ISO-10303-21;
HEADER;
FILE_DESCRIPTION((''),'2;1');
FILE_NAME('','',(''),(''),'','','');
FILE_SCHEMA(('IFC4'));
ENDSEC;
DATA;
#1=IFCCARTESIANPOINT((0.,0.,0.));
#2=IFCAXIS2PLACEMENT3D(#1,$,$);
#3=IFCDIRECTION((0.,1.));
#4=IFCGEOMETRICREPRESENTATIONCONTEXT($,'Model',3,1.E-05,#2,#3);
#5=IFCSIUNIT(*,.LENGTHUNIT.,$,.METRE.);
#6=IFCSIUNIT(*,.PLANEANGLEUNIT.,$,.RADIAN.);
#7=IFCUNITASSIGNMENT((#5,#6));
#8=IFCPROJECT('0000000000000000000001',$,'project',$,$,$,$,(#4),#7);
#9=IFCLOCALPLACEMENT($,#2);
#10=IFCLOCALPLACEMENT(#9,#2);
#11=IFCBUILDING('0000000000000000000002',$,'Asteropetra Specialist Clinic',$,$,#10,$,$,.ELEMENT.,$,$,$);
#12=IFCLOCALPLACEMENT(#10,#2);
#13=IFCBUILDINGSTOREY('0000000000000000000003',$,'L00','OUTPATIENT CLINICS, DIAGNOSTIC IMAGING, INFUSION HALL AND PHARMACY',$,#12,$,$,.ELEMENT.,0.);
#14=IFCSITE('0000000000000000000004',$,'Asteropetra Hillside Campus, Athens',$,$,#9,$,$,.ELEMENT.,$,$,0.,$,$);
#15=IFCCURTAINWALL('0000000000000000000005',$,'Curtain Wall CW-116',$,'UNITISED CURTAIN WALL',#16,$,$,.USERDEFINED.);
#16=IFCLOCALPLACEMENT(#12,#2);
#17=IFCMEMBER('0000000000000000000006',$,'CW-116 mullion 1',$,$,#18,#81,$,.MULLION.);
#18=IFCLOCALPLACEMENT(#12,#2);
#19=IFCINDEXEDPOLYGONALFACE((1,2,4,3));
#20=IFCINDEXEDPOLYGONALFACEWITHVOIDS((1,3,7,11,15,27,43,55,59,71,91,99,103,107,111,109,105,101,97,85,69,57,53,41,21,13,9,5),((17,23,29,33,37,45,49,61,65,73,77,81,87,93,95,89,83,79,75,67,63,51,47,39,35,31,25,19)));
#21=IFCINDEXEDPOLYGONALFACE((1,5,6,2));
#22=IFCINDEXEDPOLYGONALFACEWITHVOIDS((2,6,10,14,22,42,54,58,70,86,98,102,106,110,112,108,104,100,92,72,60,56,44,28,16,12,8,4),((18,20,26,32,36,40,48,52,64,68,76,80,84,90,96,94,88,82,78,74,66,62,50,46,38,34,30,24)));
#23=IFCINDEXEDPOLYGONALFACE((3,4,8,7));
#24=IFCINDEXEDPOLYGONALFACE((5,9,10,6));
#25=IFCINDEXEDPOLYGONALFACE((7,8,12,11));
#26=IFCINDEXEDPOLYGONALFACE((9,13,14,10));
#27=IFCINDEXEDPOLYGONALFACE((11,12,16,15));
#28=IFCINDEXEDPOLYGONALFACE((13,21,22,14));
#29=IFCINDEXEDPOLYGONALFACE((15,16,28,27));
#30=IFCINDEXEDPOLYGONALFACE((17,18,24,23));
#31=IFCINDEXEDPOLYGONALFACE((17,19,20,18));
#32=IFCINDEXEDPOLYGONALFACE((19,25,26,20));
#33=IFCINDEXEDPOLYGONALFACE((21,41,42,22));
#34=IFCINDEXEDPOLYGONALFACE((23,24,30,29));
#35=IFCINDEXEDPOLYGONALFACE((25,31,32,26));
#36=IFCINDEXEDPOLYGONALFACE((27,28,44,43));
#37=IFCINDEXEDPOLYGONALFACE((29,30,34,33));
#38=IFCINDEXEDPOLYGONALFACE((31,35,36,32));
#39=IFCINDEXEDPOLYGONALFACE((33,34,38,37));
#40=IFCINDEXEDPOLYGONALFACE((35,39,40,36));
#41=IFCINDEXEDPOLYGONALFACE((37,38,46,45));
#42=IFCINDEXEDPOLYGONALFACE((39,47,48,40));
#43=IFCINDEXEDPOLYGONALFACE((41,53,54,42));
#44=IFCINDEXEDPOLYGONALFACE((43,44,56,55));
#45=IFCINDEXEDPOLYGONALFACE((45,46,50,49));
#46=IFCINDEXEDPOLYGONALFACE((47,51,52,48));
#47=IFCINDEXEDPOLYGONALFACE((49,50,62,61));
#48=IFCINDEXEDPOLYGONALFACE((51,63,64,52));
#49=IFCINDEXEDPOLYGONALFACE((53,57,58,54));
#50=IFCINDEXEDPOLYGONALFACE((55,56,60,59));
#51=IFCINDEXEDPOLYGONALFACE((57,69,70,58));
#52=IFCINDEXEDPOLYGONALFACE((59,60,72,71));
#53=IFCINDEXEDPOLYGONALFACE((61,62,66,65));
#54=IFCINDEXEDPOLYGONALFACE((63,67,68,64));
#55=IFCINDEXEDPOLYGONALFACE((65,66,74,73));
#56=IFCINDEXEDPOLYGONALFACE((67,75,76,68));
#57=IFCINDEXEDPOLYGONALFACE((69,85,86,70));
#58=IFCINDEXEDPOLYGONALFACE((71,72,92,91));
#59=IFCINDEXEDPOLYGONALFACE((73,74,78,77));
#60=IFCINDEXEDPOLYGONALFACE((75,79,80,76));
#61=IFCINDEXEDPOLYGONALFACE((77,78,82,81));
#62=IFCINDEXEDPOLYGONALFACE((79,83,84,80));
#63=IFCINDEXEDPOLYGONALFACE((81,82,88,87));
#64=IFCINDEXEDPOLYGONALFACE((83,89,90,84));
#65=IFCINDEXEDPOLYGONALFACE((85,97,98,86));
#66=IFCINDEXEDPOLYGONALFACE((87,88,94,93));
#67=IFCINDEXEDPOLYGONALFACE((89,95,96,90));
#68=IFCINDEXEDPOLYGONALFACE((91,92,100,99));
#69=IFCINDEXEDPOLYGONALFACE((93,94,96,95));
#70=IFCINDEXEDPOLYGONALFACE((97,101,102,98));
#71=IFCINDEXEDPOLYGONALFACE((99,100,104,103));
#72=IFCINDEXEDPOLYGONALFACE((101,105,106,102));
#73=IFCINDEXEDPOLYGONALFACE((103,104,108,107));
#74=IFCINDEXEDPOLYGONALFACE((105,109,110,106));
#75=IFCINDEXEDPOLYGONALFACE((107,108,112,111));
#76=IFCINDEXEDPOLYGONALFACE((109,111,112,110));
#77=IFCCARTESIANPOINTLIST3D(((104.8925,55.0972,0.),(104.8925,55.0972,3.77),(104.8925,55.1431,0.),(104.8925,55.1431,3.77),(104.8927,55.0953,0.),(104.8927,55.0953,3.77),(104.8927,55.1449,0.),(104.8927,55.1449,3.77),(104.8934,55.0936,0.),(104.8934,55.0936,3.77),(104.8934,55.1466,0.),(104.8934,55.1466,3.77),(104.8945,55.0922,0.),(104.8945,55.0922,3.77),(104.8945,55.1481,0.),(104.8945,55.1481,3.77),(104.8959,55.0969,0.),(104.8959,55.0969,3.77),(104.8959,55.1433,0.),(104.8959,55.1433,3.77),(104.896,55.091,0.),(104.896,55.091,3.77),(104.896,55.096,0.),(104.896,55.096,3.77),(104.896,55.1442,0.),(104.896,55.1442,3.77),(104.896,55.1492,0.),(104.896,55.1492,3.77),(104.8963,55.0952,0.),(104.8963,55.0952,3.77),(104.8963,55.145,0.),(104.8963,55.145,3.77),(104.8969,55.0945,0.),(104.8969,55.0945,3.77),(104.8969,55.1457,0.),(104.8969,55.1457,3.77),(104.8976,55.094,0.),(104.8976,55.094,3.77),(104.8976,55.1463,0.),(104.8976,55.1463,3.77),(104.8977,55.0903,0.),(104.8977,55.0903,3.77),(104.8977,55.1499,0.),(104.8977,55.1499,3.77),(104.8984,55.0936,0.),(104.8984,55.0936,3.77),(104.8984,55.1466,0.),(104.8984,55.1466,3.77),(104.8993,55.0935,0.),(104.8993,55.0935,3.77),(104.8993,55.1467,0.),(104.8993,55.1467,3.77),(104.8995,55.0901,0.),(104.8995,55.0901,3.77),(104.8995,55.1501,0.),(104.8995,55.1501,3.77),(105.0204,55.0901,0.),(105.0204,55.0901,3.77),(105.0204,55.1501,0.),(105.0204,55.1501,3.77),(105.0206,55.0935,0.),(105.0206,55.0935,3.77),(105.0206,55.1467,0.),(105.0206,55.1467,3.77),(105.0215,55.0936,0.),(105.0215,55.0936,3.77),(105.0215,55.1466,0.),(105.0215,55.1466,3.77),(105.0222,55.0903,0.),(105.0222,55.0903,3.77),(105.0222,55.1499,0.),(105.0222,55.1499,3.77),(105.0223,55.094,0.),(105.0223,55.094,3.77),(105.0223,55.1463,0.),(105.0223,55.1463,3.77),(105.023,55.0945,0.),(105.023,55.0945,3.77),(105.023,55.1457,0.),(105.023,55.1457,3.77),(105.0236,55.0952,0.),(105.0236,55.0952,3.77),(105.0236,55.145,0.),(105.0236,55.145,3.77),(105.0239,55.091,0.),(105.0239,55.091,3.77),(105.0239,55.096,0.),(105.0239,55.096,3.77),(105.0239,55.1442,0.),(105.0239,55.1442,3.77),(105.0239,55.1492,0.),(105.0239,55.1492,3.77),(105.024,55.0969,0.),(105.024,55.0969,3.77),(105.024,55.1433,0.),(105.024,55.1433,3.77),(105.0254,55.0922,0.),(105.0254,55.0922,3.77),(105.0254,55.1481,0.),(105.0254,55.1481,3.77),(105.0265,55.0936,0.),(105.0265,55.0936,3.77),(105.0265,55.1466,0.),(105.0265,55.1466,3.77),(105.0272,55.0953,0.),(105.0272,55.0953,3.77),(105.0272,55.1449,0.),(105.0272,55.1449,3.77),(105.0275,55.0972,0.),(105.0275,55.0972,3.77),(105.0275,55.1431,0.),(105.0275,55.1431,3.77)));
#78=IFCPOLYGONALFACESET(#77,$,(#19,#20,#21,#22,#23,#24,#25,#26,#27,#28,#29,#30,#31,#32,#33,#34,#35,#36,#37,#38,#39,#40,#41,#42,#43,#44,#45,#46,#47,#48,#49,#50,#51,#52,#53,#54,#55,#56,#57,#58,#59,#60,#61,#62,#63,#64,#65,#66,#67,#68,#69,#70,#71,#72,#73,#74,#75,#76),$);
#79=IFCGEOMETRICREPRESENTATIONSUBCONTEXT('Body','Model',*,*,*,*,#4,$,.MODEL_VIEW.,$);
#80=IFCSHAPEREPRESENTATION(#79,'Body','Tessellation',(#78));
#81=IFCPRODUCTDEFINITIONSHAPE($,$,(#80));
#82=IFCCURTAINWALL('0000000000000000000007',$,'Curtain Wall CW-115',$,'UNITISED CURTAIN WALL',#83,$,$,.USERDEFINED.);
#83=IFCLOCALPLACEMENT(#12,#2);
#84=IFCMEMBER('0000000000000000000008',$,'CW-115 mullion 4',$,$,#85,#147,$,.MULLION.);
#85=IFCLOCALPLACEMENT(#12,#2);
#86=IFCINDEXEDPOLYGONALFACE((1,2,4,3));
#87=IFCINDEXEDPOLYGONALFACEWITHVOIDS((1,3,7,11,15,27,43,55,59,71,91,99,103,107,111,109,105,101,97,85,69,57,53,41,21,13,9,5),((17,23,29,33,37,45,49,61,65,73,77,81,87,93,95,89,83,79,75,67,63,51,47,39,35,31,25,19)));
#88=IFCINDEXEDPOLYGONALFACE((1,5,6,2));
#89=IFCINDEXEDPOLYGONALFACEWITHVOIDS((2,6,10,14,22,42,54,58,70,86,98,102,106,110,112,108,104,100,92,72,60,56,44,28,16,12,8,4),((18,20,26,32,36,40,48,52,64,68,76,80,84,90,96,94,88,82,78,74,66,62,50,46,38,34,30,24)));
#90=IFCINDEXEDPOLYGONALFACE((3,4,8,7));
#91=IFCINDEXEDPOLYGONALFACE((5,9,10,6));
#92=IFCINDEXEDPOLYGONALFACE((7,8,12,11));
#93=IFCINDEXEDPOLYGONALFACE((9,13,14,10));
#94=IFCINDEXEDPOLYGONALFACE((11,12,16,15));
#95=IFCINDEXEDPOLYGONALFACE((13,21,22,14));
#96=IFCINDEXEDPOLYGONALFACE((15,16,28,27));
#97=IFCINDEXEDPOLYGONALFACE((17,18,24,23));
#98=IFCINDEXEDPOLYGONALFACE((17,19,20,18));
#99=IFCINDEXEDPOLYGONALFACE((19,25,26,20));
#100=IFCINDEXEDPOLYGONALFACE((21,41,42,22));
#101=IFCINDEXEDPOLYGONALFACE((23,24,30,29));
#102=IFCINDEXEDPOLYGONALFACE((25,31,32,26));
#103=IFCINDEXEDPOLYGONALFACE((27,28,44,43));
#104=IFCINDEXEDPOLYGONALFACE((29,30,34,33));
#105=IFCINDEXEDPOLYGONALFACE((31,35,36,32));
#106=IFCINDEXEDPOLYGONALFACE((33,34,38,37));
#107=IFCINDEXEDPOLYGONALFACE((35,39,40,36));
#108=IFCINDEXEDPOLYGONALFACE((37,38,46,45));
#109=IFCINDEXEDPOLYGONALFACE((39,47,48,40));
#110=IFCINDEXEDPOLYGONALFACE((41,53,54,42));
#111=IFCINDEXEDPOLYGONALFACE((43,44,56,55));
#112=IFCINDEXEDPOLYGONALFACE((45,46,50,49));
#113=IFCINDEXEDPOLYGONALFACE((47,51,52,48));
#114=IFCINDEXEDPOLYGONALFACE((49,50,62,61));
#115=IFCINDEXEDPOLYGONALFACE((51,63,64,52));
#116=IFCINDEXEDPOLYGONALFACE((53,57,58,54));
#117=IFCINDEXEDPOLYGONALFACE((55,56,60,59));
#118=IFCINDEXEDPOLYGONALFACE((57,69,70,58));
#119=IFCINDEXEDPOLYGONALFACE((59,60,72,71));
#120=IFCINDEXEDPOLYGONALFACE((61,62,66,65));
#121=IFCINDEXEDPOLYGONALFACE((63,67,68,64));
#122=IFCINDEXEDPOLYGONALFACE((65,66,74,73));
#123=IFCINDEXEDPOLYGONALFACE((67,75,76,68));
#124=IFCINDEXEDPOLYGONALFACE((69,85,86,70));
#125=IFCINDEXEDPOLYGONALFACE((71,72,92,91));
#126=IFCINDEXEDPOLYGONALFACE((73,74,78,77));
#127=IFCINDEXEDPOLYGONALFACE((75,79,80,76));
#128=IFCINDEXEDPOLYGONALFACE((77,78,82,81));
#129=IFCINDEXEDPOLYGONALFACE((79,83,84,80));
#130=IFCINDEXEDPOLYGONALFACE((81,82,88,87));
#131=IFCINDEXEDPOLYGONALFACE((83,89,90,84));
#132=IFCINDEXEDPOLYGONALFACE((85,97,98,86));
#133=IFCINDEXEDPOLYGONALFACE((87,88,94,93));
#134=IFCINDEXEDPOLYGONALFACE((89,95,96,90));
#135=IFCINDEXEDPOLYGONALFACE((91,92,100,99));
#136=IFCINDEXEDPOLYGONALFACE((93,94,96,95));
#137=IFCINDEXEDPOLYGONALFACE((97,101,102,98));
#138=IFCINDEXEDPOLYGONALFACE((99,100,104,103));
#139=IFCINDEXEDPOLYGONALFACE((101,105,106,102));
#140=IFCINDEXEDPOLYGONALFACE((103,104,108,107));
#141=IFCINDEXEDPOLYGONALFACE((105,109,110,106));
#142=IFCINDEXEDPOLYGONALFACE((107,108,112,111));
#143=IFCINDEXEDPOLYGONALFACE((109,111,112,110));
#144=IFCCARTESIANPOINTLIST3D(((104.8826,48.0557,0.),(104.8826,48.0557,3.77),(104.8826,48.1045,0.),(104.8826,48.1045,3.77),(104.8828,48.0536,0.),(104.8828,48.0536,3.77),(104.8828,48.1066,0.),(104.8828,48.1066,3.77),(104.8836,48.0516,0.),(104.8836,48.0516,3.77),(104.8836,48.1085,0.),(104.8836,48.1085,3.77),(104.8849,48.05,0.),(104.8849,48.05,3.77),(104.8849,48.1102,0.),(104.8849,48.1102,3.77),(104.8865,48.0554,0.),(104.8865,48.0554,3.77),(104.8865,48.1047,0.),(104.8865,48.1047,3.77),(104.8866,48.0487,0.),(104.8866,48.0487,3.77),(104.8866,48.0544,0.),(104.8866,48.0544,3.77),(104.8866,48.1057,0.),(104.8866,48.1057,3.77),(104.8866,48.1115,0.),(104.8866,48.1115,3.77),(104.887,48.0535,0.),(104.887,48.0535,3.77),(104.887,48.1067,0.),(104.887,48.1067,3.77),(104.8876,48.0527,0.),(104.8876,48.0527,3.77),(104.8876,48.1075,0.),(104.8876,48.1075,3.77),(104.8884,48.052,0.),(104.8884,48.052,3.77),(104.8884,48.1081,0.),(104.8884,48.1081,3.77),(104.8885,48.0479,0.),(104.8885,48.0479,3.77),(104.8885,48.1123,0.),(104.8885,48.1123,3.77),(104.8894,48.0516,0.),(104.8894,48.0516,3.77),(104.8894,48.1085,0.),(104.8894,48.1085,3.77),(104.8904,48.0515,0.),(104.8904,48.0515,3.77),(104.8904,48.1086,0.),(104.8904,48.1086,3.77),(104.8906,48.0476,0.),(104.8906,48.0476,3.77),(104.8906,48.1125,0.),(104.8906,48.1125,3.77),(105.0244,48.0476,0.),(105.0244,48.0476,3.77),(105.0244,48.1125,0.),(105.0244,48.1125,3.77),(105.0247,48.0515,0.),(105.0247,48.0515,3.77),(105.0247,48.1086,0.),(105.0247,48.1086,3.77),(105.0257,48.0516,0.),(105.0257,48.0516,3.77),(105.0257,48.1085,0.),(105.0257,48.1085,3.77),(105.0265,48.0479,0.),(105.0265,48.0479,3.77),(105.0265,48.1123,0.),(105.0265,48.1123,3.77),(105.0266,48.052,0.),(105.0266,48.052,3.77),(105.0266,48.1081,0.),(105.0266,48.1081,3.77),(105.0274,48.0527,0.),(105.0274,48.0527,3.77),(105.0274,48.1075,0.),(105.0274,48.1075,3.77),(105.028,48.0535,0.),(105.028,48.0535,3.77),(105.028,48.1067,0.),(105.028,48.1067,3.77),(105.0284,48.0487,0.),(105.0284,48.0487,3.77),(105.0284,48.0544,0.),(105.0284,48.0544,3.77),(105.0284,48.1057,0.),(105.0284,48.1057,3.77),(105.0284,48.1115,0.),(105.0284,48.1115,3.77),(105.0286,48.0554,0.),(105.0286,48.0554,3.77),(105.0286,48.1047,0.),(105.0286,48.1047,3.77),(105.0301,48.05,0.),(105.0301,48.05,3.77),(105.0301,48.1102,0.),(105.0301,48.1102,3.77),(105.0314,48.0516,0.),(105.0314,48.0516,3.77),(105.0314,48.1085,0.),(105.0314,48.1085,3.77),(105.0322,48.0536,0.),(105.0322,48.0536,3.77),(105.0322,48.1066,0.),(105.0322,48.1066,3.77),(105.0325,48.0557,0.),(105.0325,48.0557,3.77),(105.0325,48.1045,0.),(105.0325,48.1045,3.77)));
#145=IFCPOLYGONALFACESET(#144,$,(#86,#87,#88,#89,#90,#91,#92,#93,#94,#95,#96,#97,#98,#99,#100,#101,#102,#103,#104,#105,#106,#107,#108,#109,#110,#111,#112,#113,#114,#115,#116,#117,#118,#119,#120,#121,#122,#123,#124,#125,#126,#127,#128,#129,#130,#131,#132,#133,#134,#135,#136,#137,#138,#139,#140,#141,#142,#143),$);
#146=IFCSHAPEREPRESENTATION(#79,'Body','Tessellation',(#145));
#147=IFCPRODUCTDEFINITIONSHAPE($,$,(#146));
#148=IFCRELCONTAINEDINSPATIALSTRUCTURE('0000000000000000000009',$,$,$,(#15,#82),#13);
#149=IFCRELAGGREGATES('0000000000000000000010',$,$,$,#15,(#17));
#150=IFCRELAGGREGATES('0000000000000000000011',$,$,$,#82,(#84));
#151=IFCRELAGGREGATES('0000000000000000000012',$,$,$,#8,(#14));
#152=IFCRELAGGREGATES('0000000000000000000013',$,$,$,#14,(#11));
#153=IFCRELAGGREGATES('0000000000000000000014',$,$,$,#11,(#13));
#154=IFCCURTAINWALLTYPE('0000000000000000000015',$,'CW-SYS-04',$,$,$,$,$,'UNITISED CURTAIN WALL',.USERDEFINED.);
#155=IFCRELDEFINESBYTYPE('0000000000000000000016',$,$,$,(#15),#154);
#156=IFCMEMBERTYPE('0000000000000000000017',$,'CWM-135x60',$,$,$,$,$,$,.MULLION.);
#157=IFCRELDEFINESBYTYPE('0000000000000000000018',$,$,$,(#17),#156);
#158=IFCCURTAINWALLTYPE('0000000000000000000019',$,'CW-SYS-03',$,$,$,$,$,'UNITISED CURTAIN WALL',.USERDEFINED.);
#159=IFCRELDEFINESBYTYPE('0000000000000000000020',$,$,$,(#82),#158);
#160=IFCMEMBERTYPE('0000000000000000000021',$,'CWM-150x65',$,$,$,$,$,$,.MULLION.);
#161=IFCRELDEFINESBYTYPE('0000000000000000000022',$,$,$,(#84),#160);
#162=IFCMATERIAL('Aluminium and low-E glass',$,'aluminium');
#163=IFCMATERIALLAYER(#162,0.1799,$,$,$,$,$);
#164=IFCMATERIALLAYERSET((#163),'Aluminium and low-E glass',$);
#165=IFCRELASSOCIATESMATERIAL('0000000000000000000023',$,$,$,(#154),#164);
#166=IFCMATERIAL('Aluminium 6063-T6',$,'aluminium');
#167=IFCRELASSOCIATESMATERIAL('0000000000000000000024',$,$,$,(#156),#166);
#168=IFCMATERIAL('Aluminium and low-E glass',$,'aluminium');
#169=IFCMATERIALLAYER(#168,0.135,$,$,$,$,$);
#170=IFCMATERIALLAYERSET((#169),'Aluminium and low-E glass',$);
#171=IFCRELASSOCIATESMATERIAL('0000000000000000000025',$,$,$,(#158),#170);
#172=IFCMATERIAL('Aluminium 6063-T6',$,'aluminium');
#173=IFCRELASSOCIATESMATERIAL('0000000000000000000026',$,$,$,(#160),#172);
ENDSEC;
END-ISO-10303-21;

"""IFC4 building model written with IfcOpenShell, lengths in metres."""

from ifc_helpers import new_model, si_unit, direction, frame, origin, origin_2d, place, context, subcontext, project, spatial, hollow_rectangle, extrude, material, layer, layer_set, material_profile, profile_set, type_object, element, aggregate, save


model = new_model("IFC4")

# Units and contexts
model_context = context("Model", 3, precision=1e-05, world=origin(), true_north=direction((0.0, 1.0)))
body_context = subcontext(model_context, "Body", "Model", "MODEL_VIEW")
ifc_project = project(units=[si_unit("LENGTHUNIT", "METRE"), si_unit("PLANEANGLEUNIT", "RADIAN")], contexts=[model_context])

# Site, building, storey
site_placement = place(None, origin())
site = spatial("IfcSite", under=ifc_project, at=site_placement, Name="Asteropetra Hillside Campus, Athens", CompositionType="ELEMENT", RefElevation=0.0)
building_placement = place(site_placement, origin())
building = spatial("IfcBuilding", under=site, at=building_placement, Name="Asteropetra Specialist Clinic", CompositionType="ELEMENT")
storey_placement = place(building_placement, origin())
storey = spatial("IfcBuildingStorey", under=building, at=storey_placement, Name="L00", Description="OUTPATIENT CLINICS, DIAGNOSTIC IMAGING, INFUSION HALL AND PHARMACY", CompositionType="ELEMENT", Elevation=0.0)

# Curtain walls, members
ifc_material_1 = material(Name="Aluminium and low-E glass", Category="aluminium")
ifc_layer_1 = layer(ifc_material_1, 0.1799)
ifc_layer_set_1 = layer_set([ifc_layer_1], Name="Aluminium and low-E glass")
curtain_wall_type_1 = type_object("IfcCurtainWallType", Name="CW-SYS-04", ElementType="UNITISED CURTAIN WALL", PredefinedType="USERDEFINED", material=ifc_layer_set_1)
curtain_wall_1_placement = place(storey_placement, origin())
curtain_wall_1 = element("IfcCurtainWall", 1, at=curtain_wall_1_placement, inside=storey, type_object=curtain_wall_type_1, Name="Curtain Wall CW-116", ObjectType="UNITISED CURTAIN WALL", PredefinedType="USERDEFINED")
ifc_material_2 = material(Name="Aluminium 6063-T6", Category="aluminium")
ifc_material_profile_1 = material_profile(ifc_material_2, hollow_rectangle(XDim=0.0601, YDim=0.135, WallThickness=0.0034, InnerFilletRadius=0.0034, OuterFilletRadius=0.0071, at=origin_2d()), Name="MUL 135x60x3.5")
ifc_profile_set_1 = profile_set([ifc_material_profile_1], Name="Aluminium 6063-T6")
member_type_1 = type_object("IfcMemberType", Name="CWM-135x60", PredefinedType="MULLION", material=ifc_profile_set_1)
member_1_placement = place(storey_placement, frame((104.96, 55.1201, 0.0), z_axis=(0.0, 0.0, 1.0), x_axis=(0.0, -1.0, 0.0)))
member_1 = element("IfcMember", 2, at=member_1_placement, type_object=member_type_1, Name="CW-116 mullion 1", PredefinedType="MULLION", context=body_context, shape_type="SweptSolid", body=[
    extrude(hollow_rectangle(XDim=0.0601, YDim=0.135, WallThickness=0.0034, InnerFilletRadius=0.0034, OuterFilletRadius=0.0071, at=origin_2d()), origin(), (0.0, 0.0, 1.0), 3.77),
])
ifc_material_3 = material(Name="Aluminium and low-E glass", Category="aluminium")
ifc_layer_2 = layer(ifc_material_3, 0.135)
ifc_layer_set_2 = layer_set([ifc_layer_2], Name="Aluminium and low-E glass")
curtain_wall_type_2 = type_object("IfcCurtainWallType", Name="CW-SYS-03", ElementType="UNITISED CURTAIN WALL", PredefinedType="USERDEFINED", material=ifc_layer_set_2)
curtain_wall_2_placement = place(storey_placement, origin())
curtain_wall_2 = element("IfcCurtainWall", 3, at=curtain_wall_2_placement, inside=storey, type_object=curtain_wall_type_2, Name="Curtain Wall CW-115", ObjectType="UNITISED CURTAIN WALL", PredefinedType="USERDEFINED")
ifc_material_4 = material(Name="Aluminium 6063-T6", Category="aluminium")
ifc_material_profile_2 = material_profile(ifc_material_4, hollow_rectangle(XDim=0.0649, YDim=0.1499, WallThickness=0.0039, InnerFilletRadius=0.0039, OuterFilletRadius=0.0081, at=origin_2d()), Name="MUL 150x65x4.0")
ifc_profile_set_2 = profile_set([ifc_material_profile_2], Name="Aluminium 6063-T6")
member_type_2 = type_object("IfcMemberType", Name="CWM-150x65", PredefinedType="MULLION", material=ifc_profile_set_2)
member_2_placement = place(storey_placement, frame((104.9575, 48.0801, 0.0), z_axis=(0.0, 0.0, 1.0), x_axis=(0.0, 1.0, 0.0)))
member_2 = element("IfcMember", 4, at=member_2_placement, type_object=member_type_2, Name="CW-115 mullion 4", PredefinedType="MULLION", context=body_context, shape_type="SweptSolid", body=[
    extrude(hollow_rectangle(XDim=0.0649, YDim=0.1499, WallThickness=0.0039, InnerFilletRadius=0.0039, OuterFilletRadius=0.0081, at=origin_2d()), origin(), (0.0, 0.0, 1.0), 3.77),
])

aggregate(curtain_wall_1, [member_1])
aggregate(curtain_wall_2, [member_2])

save(model, "model.ifc")
